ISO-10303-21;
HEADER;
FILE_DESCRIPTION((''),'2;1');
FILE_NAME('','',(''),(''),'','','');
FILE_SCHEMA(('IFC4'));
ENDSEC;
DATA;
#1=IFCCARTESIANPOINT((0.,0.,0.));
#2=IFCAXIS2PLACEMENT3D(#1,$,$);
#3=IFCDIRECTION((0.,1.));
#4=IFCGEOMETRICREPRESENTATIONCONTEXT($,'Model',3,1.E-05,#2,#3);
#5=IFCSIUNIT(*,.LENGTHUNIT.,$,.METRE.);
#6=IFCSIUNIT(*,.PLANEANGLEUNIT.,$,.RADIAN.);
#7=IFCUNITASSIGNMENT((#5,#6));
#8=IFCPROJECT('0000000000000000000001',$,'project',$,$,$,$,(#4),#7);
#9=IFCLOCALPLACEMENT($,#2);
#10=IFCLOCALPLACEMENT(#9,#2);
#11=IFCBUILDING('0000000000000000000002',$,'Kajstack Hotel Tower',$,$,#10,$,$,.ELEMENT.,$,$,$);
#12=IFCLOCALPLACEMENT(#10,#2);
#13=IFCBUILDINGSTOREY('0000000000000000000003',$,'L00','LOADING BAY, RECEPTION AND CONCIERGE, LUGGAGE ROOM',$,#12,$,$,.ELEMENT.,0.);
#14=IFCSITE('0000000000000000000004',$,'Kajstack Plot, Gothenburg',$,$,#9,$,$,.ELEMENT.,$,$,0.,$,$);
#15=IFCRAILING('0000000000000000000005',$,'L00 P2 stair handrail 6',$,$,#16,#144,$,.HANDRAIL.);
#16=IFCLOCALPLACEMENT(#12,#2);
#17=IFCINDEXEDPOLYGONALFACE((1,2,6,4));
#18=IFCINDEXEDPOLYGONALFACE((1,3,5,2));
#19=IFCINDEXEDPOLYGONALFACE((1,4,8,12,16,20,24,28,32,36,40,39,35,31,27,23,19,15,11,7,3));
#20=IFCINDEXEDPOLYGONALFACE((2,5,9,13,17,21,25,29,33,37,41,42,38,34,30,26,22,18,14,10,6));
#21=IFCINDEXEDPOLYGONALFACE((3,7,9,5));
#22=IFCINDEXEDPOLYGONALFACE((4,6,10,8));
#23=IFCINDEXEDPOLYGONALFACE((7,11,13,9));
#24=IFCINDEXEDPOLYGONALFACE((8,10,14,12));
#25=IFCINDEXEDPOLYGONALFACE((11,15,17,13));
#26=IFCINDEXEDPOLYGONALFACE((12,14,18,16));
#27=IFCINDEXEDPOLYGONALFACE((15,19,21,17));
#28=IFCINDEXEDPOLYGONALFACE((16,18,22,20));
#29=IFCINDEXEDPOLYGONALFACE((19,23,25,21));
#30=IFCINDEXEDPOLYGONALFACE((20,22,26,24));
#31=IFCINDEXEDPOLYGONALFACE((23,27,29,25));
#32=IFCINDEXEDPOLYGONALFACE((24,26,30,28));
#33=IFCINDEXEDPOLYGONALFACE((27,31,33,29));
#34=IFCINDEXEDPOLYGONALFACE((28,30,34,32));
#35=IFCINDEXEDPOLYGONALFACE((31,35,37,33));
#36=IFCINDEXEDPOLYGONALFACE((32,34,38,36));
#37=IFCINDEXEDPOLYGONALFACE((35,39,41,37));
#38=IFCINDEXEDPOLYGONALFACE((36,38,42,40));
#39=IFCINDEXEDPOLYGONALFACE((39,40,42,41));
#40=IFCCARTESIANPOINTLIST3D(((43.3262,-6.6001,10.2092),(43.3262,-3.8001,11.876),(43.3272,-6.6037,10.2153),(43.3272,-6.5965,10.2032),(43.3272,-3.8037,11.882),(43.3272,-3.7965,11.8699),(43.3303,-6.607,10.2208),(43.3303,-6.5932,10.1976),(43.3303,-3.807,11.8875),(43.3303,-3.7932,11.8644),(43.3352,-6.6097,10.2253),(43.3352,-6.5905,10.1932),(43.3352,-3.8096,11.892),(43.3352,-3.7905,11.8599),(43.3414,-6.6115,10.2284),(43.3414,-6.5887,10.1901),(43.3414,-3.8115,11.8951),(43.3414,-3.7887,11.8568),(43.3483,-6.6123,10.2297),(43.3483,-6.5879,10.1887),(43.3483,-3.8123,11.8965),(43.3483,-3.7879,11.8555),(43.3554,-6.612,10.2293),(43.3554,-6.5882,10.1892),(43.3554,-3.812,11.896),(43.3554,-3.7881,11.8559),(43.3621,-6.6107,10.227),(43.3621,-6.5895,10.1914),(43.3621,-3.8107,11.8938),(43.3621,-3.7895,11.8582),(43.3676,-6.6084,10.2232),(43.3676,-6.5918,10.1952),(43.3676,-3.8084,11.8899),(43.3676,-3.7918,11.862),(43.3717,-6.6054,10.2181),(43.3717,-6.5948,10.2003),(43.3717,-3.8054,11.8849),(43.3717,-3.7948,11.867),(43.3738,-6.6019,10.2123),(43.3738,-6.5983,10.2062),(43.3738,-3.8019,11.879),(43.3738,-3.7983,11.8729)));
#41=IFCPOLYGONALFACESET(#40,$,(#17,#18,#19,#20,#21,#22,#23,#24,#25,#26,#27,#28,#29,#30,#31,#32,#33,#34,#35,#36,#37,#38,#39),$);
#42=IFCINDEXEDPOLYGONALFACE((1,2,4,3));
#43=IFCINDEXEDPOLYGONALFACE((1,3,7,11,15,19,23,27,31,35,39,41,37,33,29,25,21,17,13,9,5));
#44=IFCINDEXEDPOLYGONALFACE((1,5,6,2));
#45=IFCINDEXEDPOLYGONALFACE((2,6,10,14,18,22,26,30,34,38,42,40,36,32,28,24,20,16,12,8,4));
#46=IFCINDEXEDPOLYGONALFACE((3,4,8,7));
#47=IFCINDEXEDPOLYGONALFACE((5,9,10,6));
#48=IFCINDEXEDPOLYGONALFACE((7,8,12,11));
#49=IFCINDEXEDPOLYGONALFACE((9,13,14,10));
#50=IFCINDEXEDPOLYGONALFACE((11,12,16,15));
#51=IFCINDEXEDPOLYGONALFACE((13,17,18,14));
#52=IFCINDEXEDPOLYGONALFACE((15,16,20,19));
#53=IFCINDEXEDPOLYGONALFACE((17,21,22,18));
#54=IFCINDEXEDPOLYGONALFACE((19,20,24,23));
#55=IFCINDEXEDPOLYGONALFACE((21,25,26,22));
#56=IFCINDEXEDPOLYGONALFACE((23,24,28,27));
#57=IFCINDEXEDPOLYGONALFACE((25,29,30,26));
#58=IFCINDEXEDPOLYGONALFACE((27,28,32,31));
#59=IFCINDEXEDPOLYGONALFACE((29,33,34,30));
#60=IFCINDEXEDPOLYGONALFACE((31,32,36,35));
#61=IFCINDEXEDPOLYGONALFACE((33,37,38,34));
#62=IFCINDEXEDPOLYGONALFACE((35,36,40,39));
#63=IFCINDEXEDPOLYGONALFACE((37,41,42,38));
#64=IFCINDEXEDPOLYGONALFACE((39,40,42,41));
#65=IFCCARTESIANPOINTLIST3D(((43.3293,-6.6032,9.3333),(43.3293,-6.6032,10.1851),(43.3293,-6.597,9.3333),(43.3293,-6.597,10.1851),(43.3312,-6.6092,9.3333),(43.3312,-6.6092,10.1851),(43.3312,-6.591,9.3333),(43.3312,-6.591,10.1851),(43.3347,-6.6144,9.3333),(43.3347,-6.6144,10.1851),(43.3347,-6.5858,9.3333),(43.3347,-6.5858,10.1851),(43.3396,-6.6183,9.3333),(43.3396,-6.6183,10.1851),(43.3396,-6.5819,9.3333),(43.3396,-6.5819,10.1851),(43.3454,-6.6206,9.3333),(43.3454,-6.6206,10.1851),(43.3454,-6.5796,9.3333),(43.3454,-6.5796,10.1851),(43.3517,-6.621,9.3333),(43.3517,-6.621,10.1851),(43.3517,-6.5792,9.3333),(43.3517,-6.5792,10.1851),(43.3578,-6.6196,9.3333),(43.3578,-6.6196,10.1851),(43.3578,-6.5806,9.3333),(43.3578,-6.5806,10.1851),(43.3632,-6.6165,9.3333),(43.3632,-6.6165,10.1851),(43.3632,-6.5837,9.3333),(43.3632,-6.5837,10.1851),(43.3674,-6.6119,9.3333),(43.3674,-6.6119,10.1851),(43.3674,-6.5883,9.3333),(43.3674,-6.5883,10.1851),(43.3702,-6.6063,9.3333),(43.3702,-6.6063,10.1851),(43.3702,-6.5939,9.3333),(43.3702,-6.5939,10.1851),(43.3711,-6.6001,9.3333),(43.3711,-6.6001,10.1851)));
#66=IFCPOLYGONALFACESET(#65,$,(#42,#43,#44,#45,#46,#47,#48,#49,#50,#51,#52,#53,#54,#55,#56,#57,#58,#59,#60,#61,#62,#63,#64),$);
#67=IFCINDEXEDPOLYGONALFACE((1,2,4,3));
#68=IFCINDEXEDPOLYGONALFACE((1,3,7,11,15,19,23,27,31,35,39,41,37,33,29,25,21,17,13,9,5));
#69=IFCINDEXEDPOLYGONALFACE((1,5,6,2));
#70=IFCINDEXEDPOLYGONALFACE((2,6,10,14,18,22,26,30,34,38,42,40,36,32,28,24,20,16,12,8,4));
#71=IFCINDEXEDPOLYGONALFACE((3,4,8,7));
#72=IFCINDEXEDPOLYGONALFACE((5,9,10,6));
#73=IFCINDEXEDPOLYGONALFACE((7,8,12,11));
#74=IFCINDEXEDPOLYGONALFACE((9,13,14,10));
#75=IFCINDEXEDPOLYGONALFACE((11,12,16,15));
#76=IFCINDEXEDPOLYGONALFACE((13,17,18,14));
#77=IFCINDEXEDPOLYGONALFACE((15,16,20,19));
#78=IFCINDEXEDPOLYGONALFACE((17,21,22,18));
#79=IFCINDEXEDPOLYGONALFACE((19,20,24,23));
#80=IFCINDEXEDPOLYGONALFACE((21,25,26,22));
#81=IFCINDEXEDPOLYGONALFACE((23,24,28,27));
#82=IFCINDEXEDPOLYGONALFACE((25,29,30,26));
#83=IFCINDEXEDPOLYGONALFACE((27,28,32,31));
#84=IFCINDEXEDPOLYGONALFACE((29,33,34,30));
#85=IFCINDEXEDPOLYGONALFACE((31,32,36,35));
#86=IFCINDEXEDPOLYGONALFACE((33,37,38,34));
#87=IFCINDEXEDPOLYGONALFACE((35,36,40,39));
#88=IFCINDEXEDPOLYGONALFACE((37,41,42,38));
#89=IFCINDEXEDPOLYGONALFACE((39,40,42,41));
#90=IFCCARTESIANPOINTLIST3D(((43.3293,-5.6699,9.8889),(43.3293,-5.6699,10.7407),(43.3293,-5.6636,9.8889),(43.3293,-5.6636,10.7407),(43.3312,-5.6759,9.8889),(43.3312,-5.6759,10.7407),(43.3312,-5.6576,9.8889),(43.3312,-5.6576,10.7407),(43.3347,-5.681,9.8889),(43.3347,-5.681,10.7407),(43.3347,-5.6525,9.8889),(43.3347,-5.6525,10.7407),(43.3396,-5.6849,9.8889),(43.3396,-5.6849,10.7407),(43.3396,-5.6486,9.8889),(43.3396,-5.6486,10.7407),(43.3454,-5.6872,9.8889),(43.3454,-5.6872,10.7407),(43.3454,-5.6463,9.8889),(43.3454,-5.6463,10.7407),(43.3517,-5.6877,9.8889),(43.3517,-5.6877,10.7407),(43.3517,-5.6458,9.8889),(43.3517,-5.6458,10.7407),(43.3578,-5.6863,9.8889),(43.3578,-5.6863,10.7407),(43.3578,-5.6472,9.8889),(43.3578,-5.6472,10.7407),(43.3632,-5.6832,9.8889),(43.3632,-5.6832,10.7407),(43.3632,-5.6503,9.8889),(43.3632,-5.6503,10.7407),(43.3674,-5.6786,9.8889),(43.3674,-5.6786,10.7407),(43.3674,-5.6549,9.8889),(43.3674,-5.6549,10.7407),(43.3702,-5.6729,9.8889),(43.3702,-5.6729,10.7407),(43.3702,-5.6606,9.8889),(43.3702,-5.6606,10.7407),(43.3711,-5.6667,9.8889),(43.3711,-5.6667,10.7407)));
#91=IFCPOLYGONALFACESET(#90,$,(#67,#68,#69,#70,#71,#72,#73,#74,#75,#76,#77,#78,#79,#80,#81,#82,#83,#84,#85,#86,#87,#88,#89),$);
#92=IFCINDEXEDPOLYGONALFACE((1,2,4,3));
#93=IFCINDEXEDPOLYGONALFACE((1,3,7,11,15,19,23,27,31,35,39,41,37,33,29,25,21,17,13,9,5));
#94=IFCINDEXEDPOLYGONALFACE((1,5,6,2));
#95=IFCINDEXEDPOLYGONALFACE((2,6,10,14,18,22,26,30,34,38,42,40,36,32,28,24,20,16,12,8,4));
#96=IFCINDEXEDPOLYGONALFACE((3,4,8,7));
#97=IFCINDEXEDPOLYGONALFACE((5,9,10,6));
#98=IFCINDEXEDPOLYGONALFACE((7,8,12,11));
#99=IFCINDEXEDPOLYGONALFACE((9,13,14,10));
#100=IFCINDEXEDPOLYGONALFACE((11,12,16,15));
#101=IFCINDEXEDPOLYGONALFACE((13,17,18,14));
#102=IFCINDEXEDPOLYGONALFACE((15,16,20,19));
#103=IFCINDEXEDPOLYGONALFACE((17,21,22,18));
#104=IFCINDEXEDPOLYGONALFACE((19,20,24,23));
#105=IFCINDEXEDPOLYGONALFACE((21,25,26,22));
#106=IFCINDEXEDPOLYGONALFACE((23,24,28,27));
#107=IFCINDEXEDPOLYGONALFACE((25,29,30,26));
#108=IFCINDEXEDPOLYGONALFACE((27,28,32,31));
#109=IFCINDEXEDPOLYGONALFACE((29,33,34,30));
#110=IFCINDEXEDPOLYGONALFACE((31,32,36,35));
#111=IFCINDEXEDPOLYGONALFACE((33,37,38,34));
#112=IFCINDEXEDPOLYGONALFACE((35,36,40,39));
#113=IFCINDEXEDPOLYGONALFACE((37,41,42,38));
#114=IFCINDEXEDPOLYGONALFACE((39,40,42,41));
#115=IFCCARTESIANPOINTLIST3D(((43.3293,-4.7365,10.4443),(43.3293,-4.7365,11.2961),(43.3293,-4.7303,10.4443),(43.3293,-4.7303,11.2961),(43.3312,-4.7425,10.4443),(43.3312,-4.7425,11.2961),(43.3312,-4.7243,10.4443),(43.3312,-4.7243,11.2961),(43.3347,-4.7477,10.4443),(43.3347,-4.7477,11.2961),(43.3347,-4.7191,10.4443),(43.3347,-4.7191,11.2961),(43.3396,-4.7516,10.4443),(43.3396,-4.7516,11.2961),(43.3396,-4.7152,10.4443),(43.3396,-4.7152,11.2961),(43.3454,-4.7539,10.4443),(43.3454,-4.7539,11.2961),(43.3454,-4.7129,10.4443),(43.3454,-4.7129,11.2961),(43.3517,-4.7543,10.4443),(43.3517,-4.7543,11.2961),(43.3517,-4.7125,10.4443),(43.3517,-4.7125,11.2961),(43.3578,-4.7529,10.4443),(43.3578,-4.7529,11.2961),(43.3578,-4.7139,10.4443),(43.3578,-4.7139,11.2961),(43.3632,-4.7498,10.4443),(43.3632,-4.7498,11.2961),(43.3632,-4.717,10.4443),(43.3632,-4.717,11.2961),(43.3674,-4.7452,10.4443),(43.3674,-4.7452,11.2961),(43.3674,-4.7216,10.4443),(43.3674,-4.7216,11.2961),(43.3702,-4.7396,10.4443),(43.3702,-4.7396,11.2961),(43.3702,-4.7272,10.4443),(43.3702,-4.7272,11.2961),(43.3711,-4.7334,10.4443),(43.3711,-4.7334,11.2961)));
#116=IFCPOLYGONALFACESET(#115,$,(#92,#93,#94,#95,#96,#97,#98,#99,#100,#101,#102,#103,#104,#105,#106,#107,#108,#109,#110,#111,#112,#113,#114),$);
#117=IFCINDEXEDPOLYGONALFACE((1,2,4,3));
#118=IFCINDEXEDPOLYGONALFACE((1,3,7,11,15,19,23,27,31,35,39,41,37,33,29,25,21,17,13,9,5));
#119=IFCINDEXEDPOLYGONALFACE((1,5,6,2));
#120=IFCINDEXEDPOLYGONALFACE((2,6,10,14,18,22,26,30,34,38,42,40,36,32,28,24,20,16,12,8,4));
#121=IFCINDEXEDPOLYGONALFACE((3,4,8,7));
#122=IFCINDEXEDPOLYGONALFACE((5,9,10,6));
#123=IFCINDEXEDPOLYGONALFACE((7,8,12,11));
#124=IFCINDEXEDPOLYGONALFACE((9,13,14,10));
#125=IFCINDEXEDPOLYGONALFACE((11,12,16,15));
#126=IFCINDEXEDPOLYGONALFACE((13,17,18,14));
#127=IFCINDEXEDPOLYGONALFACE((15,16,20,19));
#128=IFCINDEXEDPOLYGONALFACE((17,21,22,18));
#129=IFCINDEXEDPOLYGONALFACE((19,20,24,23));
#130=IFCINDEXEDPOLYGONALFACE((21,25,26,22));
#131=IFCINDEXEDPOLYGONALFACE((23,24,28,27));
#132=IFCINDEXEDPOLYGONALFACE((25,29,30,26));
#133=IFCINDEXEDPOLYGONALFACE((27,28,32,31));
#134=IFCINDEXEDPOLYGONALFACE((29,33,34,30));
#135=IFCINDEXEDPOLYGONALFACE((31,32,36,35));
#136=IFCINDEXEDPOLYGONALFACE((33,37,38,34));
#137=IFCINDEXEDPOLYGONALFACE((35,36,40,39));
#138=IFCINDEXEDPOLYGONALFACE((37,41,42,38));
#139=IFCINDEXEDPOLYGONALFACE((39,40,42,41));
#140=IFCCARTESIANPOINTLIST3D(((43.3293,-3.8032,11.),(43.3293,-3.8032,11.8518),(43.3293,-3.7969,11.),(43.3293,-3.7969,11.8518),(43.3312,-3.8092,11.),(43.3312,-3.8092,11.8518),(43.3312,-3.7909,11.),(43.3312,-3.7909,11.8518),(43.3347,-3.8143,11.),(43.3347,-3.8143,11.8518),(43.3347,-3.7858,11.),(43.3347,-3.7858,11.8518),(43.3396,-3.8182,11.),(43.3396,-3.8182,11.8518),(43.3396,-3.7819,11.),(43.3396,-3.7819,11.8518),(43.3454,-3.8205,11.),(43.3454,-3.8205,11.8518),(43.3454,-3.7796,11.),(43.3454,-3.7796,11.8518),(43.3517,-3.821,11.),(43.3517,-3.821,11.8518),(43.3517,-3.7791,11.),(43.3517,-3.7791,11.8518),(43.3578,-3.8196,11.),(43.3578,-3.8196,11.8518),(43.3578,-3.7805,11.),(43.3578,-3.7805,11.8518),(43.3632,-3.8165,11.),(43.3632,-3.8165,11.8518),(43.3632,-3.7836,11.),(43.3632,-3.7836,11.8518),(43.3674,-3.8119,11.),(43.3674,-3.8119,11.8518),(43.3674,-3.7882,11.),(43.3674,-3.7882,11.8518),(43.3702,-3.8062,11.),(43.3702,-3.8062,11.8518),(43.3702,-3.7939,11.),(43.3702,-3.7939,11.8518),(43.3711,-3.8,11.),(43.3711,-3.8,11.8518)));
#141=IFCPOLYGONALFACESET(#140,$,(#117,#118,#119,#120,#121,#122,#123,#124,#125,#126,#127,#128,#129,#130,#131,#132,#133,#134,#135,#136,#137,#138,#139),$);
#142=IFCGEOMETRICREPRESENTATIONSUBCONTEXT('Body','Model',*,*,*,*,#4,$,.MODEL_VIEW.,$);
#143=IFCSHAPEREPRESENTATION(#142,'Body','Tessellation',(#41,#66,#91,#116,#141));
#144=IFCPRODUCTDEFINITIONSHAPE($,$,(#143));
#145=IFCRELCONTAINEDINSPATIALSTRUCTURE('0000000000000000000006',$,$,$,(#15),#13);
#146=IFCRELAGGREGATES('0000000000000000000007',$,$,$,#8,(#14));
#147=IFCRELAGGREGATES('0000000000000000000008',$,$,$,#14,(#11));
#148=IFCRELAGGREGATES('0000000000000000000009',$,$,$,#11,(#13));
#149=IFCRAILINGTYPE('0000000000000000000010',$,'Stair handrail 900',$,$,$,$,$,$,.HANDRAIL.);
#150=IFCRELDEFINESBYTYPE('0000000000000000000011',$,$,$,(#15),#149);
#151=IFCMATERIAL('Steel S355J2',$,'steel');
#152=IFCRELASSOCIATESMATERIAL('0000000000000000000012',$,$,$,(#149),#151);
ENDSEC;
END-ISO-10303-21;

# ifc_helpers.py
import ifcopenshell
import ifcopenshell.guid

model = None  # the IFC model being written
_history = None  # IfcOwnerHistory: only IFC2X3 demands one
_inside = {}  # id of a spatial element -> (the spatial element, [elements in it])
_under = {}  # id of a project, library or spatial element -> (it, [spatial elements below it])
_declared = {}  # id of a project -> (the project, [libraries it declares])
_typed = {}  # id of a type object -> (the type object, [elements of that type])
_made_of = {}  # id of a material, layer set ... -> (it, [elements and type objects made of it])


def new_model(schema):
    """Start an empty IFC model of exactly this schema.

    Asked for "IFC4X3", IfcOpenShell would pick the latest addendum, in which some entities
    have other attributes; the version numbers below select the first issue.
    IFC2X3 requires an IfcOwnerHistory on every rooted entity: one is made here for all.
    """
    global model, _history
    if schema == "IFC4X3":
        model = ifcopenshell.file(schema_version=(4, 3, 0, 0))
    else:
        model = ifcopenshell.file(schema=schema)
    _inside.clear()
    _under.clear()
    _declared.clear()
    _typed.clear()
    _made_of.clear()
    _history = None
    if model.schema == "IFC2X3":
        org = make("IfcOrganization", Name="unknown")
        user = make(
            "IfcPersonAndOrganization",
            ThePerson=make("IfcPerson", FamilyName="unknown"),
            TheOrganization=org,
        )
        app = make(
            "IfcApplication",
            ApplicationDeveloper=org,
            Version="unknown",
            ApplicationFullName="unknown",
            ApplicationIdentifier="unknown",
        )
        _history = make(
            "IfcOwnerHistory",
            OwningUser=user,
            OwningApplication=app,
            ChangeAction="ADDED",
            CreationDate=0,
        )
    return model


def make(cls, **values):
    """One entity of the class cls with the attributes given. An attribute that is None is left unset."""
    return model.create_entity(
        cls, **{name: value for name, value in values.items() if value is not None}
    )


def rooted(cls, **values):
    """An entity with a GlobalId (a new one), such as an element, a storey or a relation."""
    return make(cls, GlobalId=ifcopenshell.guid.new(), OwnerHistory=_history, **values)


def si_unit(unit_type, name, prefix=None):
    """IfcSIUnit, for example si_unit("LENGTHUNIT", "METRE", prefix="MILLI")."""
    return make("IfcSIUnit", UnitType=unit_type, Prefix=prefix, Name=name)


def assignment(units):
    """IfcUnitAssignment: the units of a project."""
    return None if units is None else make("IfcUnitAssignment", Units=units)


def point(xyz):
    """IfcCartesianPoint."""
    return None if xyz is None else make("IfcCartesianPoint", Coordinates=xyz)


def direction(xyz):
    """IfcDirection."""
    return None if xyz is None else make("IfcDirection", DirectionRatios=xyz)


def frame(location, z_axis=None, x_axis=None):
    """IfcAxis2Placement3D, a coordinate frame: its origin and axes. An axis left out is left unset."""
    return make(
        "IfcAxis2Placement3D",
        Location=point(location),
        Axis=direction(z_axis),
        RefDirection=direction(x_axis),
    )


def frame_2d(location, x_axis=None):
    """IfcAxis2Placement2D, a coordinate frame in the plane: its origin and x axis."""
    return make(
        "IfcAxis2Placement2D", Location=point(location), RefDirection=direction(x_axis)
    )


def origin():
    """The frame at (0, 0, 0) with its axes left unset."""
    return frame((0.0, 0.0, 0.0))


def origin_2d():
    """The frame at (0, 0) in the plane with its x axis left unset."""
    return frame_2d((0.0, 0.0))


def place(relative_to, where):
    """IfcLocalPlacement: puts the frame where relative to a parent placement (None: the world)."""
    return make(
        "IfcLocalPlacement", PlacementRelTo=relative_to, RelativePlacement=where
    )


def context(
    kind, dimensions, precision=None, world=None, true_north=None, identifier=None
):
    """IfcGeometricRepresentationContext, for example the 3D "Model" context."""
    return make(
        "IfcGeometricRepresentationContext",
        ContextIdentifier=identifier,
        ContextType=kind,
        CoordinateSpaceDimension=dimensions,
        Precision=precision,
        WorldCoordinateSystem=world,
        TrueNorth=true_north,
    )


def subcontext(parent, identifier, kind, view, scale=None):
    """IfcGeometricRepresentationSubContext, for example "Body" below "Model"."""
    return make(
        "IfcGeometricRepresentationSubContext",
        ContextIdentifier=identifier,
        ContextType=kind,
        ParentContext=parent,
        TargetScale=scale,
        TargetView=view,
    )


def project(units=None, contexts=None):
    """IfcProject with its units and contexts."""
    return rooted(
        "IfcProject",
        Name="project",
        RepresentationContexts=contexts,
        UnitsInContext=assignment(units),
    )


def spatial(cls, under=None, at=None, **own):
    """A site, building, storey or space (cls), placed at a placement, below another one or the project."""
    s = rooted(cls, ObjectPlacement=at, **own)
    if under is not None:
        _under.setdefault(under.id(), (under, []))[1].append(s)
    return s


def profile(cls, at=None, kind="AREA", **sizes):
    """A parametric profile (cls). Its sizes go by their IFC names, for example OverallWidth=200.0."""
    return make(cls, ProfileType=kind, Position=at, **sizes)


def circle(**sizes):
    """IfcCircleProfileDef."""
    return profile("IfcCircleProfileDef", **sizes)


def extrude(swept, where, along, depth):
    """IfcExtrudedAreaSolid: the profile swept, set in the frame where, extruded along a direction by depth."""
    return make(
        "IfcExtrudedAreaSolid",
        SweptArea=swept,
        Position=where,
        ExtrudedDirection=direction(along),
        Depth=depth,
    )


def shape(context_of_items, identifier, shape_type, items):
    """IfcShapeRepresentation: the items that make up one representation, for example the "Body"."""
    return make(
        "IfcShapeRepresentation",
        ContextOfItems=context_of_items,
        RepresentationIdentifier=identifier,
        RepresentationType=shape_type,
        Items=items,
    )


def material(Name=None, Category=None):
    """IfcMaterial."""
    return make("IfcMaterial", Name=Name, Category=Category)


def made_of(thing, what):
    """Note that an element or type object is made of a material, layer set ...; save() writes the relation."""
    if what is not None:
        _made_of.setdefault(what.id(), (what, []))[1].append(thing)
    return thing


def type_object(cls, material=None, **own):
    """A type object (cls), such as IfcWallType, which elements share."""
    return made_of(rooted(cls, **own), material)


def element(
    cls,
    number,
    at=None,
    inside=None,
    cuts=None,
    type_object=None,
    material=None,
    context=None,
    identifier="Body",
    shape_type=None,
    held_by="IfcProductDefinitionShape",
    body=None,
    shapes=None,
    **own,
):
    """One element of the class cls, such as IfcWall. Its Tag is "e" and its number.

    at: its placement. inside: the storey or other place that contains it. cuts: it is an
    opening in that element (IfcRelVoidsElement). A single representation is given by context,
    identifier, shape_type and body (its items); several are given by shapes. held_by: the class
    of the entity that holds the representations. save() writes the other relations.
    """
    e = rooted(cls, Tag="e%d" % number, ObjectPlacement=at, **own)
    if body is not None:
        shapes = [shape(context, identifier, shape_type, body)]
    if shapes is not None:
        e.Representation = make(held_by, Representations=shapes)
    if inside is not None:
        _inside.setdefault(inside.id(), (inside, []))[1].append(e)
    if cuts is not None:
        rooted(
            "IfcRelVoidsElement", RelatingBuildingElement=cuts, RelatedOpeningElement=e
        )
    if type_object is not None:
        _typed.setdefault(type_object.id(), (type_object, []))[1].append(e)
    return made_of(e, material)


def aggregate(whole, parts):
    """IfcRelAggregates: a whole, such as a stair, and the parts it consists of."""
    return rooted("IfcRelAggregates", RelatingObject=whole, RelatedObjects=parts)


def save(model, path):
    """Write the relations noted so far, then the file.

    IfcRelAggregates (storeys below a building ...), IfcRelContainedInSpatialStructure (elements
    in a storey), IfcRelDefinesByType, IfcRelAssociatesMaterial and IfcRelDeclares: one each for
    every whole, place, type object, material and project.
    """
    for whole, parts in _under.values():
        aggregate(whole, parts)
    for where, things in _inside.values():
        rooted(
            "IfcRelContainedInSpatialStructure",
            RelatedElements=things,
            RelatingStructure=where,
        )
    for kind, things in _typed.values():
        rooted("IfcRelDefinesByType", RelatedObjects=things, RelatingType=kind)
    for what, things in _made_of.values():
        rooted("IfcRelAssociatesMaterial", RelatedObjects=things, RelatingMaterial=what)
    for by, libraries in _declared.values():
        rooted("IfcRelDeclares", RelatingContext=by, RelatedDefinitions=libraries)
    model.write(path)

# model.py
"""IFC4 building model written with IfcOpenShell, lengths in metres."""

from ifc_helpers import new_model, si_unit, direction, frame, origin, origin_2d, place, context, subcontext, project, spatial, circle, extrude, material, type_object, element, save


model = new_model("IFC4")

# Units and contexts
model_context = context("Model", 3, precision=1e-05, world=origin(), true_north=direction((0.0, 1.0)))
body_context = subcontext(model_context, "Body", "Model", "MODEL_VIEW")
ifc_project = project(units=[si_unit("LENGTHUNIT", "METRE"), si_unit("PLANEANGLEUNIT", "RADIAN")], contexts=[model_context])

# Site, building, storey
site_placement = place(None, origin())
site = spatial("IfcSite", under=ifc_project, at=site_placement, Name="Kajstack Plot, Gothenburg", CompositionType="ELEMENT", RefElevation=0.0)
building_placement = place(site_placement, origin())
building = spatial("IfcBuilding", under=site, at=building_placement, Name="Kajstack Hotel Tower", CompositionType="ELEMENT")
storey_placement = place(building_placement, origin())
storey = spatial("IfcBuildingStorey", under=building, at=storey_placement, Name="L00", Description="LOADING BAY, RECEPTION AND CONCIERGE, LUGGAGE ROOM", CompositionType="ELEMENT", Elevation=0.0)

# Railing
ifc_material_1 = material(Name="Steel S355J2", Category="steel")
railing_type_1 = type_object("IfcRailingType", Name="Stair handrail 900", PredefinedType="HANDRAIL", material=ifc_material_1)
railing_1_placement = place(storey_placement, frame((43.3501, -6.6001, 9.3333)))
element("IfcRailing", 1, at=railing_1_placement, inside=storey, type_object=railing_type_1, Name="L00 P2 stair handrail 6", PredefinedType="HANDRAIL", context=body_context, shape_type="SweptSolid", body=[
    extrude(circle(Radius=0.0239, at=origin_2d()), frame((0.0, 0.0, 0.876), z_axis=(0.0, 0.859286, 0.511496), x_axis=(-1.0, 0.0, 0.0)), (0.0, 0.0, 1.0), 3.2585),
    extrude(circle(Radius=0.021, at=origin_2d()), origin(), (0.0, 0.0, 1.0), 0.8518),
    extrude(circle(Radius=0.021, at=origin_2d()), frame((0.0, 0.9333, 0.5557)), (0.0, 0.0, 1.0), 0.8518),
    extrude(circle(Radius=0.021, at=origin_2d()), frame((0.0, 1.8667, 1.1111)), (0.0, 0.0, 1.0), 0.8518),
    extrude(circle(Radius=0.021, at=origin_2d()), frame((0.0, 2.8, 1.6667)), (0.0, 0.0, 1.0), 0.8518),
])

save(model, "model.ifc")
